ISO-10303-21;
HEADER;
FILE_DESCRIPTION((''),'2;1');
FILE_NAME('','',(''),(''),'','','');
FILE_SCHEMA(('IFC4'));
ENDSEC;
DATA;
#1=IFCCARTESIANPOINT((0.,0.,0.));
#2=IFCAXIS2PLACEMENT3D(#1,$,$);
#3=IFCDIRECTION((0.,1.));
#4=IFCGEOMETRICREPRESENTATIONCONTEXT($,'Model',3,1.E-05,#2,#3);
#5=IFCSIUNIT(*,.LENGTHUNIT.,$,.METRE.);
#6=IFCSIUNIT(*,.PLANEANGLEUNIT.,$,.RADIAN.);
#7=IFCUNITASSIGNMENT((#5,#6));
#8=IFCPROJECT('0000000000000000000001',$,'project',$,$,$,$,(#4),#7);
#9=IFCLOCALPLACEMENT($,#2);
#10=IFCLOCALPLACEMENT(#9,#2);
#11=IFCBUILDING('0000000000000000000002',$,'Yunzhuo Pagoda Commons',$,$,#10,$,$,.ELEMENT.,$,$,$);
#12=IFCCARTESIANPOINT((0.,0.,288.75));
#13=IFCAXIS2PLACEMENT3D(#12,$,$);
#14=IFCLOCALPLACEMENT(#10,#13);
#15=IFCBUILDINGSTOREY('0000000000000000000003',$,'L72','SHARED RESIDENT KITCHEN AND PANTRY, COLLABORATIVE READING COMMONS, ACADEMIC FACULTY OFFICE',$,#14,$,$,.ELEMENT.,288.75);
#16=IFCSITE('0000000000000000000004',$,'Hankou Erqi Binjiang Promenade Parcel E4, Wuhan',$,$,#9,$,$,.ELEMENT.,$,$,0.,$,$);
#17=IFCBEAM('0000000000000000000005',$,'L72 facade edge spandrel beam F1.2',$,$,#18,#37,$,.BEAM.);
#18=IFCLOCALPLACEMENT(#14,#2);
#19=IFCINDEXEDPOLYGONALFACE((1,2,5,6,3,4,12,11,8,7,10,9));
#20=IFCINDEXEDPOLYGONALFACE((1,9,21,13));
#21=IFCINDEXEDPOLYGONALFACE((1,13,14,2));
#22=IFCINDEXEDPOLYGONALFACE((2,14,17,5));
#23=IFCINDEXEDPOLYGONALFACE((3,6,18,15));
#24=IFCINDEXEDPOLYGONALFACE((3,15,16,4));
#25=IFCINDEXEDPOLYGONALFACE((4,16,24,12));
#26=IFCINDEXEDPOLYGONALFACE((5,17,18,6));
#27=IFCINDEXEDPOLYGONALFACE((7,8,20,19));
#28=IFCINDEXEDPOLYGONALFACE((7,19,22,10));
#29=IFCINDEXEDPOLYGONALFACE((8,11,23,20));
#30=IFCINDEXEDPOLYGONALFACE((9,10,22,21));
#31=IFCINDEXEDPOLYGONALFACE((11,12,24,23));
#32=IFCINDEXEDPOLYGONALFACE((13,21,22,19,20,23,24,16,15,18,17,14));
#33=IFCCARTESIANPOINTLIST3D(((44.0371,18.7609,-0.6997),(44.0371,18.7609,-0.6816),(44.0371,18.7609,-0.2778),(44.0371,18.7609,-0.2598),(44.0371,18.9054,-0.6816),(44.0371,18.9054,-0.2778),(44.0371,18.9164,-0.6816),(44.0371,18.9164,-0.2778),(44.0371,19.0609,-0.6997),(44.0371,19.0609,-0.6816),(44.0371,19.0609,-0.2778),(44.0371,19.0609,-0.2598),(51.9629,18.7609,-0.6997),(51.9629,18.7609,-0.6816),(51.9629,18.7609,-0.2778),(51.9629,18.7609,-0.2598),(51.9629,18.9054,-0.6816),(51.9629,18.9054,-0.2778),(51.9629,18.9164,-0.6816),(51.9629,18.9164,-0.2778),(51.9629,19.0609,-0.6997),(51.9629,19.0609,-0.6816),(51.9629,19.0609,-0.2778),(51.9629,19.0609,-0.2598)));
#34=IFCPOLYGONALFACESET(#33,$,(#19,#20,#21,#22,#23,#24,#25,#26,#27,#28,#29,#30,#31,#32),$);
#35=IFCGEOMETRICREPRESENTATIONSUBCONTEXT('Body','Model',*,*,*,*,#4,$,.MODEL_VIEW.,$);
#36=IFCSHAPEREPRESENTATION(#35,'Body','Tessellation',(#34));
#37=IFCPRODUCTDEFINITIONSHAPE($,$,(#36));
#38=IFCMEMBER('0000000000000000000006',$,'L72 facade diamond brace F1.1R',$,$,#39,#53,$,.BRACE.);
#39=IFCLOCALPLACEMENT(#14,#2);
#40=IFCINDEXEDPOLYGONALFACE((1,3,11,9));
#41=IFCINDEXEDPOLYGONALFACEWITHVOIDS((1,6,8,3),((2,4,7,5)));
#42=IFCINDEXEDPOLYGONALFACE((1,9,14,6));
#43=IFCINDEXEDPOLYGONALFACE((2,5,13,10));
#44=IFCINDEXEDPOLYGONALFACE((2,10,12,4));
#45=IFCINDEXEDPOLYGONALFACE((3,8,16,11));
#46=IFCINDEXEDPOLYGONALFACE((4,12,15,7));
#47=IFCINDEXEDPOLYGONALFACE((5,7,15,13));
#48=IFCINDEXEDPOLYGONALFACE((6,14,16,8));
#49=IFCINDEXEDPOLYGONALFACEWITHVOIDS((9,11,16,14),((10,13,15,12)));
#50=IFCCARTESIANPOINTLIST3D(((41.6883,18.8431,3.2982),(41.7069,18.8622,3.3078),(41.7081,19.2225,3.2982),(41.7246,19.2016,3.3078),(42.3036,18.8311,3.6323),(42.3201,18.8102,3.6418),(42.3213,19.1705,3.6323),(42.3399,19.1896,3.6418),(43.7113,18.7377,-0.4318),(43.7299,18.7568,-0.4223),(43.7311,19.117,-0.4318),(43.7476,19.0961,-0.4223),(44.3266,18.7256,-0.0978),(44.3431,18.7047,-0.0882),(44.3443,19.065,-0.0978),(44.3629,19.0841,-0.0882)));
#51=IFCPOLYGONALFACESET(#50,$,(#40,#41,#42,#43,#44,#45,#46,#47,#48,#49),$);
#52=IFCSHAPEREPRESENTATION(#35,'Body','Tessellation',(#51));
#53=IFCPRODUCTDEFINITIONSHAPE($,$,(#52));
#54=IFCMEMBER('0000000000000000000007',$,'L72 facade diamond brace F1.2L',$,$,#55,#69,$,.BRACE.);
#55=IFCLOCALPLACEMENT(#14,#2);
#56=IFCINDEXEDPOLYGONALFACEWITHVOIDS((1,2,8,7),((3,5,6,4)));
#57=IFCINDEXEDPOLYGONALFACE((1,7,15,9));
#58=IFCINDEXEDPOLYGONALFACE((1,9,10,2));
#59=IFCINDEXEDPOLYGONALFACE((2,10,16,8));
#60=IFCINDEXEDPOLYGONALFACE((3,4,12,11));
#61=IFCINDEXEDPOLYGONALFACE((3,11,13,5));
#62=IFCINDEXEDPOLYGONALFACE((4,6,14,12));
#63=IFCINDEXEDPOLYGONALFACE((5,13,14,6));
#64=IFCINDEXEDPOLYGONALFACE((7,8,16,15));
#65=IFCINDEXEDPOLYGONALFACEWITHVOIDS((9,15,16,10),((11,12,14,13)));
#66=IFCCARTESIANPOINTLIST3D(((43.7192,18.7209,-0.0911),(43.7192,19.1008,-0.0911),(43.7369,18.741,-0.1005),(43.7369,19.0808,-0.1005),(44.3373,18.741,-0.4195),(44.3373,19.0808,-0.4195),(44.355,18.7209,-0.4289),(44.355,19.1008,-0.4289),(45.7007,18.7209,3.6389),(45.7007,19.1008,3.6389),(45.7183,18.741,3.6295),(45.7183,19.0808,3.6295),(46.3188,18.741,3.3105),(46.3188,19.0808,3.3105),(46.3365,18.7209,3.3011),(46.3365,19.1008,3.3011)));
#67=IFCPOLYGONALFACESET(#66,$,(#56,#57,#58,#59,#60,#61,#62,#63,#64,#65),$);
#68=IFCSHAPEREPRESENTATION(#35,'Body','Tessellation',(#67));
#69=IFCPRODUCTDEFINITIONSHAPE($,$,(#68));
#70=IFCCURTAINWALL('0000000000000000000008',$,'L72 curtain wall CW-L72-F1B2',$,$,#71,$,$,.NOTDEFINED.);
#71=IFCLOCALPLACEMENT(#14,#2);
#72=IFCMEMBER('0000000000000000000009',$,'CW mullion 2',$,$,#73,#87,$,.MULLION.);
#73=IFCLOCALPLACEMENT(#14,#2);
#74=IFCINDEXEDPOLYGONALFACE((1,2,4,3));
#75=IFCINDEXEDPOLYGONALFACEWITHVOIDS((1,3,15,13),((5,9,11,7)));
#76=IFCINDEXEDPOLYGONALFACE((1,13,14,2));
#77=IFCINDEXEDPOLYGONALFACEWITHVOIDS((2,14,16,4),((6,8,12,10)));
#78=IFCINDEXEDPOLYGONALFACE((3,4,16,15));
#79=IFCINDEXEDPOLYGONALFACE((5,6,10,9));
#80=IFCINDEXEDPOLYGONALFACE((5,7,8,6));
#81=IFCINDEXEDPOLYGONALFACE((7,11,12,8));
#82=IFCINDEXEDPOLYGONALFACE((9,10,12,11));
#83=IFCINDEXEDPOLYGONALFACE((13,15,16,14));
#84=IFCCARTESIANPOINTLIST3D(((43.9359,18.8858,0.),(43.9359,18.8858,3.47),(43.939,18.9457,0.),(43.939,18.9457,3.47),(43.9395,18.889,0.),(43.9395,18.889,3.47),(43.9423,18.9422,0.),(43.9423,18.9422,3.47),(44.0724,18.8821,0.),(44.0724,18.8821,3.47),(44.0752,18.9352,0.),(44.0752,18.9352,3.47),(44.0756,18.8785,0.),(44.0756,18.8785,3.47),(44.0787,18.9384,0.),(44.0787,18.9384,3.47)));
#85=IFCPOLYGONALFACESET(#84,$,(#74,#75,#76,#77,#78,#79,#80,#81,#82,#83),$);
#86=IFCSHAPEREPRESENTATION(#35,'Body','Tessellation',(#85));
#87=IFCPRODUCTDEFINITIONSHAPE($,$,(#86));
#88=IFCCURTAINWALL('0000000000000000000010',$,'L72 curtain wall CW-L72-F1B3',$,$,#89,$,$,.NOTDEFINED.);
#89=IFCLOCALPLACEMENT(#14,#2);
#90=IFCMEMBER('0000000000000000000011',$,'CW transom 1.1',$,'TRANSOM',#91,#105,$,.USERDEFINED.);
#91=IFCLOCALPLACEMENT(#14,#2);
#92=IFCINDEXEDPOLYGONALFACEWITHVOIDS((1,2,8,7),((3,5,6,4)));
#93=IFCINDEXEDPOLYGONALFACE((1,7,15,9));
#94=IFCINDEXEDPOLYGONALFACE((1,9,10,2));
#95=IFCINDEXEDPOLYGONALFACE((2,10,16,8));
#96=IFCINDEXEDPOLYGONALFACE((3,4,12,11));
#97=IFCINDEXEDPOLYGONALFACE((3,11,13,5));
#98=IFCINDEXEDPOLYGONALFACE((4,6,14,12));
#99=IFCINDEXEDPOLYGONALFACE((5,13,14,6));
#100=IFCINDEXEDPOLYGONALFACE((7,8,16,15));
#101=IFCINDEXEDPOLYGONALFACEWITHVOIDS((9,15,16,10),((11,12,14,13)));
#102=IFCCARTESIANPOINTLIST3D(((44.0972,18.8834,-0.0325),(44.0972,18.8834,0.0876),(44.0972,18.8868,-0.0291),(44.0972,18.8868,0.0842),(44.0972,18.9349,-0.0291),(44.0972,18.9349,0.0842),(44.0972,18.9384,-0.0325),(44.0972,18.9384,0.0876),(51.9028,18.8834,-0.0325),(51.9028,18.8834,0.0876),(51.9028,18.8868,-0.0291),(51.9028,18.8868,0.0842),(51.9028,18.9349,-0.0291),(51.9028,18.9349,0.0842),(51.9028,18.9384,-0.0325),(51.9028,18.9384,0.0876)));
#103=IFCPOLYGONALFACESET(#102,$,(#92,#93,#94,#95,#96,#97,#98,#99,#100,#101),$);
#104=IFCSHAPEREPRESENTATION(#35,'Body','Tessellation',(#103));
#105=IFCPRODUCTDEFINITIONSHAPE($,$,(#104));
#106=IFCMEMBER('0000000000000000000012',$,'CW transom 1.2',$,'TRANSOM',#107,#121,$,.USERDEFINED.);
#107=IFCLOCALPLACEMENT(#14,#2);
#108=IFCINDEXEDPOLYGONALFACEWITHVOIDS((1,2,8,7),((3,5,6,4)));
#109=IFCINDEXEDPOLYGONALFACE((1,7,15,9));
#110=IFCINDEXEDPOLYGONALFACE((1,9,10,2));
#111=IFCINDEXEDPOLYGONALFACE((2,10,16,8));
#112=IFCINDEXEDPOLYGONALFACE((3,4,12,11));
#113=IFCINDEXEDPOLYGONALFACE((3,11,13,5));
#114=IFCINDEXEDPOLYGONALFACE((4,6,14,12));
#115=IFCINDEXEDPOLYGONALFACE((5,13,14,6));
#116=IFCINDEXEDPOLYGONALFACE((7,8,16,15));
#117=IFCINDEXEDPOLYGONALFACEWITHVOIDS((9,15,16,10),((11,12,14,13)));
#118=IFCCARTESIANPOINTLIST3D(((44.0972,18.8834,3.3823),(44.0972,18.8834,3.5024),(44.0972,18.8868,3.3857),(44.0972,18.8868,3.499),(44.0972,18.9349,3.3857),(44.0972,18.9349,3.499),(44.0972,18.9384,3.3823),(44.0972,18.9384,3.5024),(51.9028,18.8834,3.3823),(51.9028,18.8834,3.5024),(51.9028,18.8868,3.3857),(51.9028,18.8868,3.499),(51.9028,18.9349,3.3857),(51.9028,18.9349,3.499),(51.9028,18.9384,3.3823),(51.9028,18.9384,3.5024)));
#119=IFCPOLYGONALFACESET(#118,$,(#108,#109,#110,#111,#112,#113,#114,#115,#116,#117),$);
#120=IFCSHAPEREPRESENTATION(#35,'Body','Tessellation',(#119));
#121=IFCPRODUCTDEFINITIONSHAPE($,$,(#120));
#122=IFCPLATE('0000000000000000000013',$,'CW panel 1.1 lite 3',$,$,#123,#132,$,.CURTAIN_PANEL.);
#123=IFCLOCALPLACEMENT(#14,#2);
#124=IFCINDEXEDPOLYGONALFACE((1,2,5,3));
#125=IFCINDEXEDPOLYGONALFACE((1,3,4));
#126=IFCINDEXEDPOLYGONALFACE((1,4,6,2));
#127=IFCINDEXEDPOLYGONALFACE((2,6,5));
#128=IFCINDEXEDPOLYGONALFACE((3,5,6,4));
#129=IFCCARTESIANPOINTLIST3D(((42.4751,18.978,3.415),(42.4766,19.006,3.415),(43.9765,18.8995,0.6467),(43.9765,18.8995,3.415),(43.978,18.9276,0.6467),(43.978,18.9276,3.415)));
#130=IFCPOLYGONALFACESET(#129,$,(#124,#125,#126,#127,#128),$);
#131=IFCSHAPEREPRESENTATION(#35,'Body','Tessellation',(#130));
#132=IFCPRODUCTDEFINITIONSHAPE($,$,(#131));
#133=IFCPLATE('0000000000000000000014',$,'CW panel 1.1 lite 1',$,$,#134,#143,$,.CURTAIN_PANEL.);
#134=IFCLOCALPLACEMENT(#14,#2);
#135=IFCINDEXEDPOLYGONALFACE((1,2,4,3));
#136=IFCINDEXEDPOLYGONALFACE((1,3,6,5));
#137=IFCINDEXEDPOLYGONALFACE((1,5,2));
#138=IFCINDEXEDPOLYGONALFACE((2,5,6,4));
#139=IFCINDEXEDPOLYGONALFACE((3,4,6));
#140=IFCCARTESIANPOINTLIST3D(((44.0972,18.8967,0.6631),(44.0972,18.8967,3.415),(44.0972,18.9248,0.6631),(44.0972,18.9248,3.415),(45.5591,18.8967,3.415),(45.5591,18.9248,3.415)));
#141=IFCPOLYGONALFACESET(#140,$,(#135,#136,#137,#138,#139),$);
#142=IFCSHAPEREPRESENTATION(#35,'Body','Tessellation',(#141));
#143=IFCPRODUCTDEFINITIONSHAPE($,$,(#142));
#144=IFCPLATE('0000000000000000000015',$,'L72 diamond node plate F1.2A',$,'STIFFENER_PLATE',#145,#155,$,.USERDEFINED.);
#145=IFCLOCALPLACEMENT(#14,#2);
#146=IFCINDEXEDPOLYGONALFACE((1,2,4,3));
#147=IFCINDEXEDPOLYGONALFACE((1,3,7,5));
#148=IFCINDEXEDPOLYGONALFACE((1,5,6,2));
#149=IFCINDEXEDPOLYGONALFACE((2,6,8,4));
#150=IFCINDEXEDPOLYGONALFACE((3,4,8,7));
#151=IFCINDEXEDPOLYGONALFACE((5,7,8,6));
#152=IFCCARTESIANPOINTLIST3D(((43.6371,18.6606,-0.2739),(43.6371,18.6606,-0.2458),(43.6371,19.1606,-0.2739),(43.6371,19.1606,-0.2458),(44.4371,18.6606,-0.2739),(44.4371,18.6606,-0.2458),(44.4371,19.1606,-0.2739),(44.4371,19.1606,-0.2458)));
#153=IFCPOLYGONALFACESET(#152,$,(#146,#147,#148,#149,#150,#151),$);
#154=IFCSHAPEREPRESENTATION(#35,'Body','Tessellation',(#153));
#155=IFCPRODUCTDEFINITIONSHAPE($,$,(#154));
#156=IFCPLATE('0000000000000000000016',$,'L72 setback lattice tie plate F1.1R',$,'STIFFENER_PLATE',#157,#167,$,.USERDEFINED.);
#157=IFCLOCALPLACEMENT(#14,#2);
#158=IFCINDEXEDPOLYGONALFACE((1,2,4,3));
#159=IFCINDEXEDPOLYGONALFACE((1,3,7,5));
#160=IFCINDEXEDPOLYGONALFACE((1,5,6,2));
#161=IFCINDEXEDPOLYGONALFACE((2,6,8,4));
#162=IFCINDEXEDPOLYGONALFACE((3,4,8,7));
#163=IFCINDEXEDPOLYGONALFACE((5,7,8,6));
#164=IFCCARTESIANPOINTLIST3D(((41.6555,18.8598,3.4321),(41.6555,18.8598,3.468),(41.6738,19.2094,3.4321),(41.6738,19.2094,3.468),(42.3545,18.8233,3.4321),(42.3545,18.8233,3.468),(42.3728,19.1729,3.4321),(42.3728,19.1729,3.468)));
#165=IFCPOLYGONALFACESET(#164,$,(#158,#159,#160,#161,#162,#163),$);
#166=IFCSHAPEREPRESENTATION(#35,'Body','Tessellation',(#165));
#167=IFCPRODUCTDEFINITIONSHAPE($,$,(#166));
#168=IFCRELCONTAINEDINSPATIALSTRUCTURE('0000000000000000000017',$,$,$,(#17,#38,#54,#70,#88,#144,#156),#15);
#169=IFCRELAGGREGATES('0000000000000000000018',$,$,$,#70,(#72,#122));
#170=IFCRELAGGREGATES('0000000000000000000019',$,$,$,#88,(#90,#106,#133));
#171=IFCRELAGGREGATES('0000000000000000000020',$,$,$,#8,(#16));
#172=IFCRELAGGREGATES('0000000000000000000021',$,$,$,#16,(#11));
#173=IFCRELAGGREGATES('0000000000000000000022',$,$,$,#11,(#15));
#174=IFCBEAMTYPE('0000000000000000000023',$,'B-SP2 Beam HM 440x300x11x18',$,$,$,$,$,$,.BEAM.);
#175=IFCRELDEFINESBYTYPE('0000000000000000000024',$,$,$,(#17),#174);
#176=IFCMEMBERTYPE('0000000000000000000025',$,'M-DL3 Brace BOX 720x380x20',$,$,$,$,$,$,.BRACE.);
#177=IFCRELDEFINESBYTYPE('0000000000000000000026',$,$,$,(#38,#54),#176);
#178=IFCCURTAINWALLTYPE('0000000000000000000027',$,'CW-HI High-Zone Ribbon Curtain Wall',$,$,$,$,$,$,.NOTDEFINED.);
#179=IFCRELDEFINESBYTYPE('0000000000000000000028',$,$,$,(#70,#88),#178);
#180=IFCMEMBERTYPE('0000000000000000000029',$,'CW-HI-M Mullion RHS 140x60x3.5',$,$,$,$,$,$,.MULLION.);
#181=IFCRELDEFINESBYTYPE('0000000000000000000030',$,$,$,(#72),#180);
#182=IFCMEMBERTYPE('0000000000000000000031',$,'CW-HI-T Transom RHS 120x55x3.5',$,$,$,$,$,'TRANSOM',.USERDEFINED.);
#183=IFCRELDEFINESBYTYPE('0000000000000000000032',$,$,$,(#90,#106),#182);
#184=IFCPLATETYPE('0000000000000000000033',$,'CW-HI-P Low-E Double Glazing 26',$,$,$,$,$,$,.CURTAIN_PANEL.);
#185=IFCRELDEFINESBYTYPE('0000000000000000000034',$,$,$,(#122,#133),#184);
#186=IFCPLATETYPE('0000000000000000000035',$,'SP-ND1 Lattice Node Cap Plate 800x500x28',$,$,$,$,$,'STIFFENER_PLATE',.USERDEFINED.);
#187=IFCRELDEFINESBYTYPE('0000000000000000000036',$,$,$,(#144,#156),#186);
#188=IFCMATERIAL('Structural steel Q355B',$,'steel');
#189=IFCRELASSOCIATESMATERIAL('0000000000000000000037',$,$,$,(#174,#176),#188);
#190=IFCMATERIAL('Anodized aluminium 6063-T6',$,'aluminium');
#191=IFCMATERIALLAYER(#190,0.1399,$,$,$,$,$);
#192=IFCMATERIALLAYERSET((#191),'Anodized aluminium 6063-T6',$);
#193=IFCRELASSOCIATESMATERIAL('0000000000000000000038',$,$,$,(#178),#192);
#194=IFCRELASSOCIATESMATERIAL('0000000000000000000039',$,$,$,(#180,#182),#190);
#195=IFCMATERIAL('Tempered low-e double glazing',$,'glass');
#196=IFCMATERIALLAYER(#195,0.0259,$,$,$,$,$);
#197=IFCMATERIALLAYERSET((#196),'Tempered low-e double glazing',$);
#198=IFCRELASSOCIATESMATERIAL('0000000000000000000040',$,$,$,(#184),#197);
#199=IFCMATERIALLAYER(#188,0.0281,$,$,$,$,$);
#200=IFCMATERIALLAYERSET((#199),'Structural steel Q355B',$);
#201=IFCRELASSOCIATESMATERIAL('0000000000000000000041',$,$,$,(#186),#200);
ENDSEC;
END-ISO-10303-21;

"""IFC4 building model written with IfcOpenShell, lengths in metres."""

from ifc_helpers import new_model, si_unit, direction, frame, origin, origin_2d, place, context, subcontext, project, spatial, polyline, rectangle, hollow_rectangle, i_section, outline, extrude, source, transform, mapped, material, layer, layer_set, material_profile, profile_set, type_object, element, aggregate, save


model = new_model("IFC4")

# Units and contexts
model_context = context("Model", 3, precision=1e-05, world=origin(), true_north=direction((0.0, 1.0)))
body_context = subcontext(model_context, "Body", "Model", "MODEL_VIEW")
ifc_project = project(units=[si_unit("LENGTHUNIT", "METRE"), si_unit("PLANEANGLEUNIT", "RADIAN")], contexts=[model_context])

# Site, building, storey
site_placement = place(None, origin())
site = spatial("IfcSite", under=ifc_project, at=site_placement, Name="Hankou Erqi Binjiang Promenade Parcel E4, Wuhan", CompositionType="ELEMENT", RefElevation=0.0)
building_placement = place(site_placement, origin())
building = spatial("IfcBuilding", under=site, at=building_placement, Name="Yunzhuo Pagoda Commons", CompositionType="ELEMENT")
storey_placement = place(building_placement, frame((0.0, 0.0, 288.75)))
storey = spatial("IfcBuildingStorey", under=building, at=storey_placement, Name="L72", Description="SHARED RESIDENT KITCHEN AND PANTRY, COLLABORATIVE READING COMMONS, ACADEMIC FACULTY OFFICE", CompositionType="ELEMENT", Elevation=288.75)

# Shared definitions
ifc_material_1 = material(Name="Structural steel Q355B", Category="steel")

# Beam
ifc_material_profile_1 = material_profile(ifc_material_1, i_section(OverallWidth=0.3, OverallDepth=0.4399, WebThickness=0.011, FlangeThickness=0.0181, at=origin_2d()), Name="Structural steel Q355B")
ifc_profile_set_1 = profile_set([ifc_material_profile_1], Name="Structural steel Q355B")
beam_type_1 = type_object("IfcBeamType", Name="B-SP2 Beam HM 440x300x11x18", PredefinedType="BEAM", material=ifc_profile_set_1)
shared_shape_1 = source(origin(), body_context, "Body", "SweptSolid", [
    extrude(i_section(OverallWidth=0.3, OverallDepth=0.4399, WebThickness=0.011, FlangeThickness=0.0181, at=origin_2d()), origin(), (0.0, 0.0, 1.0), 7.9258),
])
beam_1_placement = place(storey_placement, frame((44.0371, 18.9109, -0.4797), z_axis=(1.0, 0.0, 0.0), x_axis=(0.0, 1.0, 0.0)))
element("IfcBeam", 1, at=beam_1_placement, inside=storey, type_object=beam_type_1, Name="L72 facade edge spandrel beam F1.2", PredefinedType="BEAM", context=body_context, shape_type="MappedRepresentation", body=[
    mapped(shared_shape_1, transform((0.0, 0.0, 0.0), scale=1.0)),
])

# Members
ifc_material_profile_2 = material_profile(ifc_material_1, hollow_rectangle(XDim=0.3799, YDim=0.72, WallThickness=0.02, at=origin_2d()), Name="Structural steel Q355B")
ifc_profile_set_2 = profile_set([ifc_material_profile_2], Name="Structural steel Q355B")
member_type_1 = type_object("IfcMemberType", Name="M-DL3 Brace BOX 720x380x20", PredefinedType="BRACE", material=ifc_profile_set_2)
shared_shape_2 = source(origin(), body_context, "Body", "SweptSolid", [
    extrude(hollow_rectangle(XDim=0.3799, YDim=0.72, WallThickness=0.02, at=origin_2d()), origin(), (0.0, 0.0, 1.0), 4.2446),
])
member_1_placement = place(storey_placement, frame((44.0371, 18.9109, -0.26), z_axis=(-0.476599, 0.024848, 0.878769), x_axis=(-0.052065, -0.998644, 0.0)))
element("IfcMember", 2, at=member_1_placement, inside=storey, type_object=member_type_1, Name="L72 facade diamond brace F1.1R", PredefinedType="BRACE", context=body_context, shape_type="MappedRepresentation", body=[
    mapped(shared_shape_2, transform((0.0, 0.0, 0.0), scale=1.0)),
])
shared_shape_3 = source(origin(), body_context, "Body", "SweptSolid", [
    extrude(hollow_rectangle(XDim=0.3799, YDim=0.72, WallThickness=0.02, at=origin_2d()), origin(), (0.0, 0.0, 1.0), 4.2236),
])
member_2_placement = place(storey_placement, frame((44.0371, 18.9109, -0.26), z_axis=(0.469136, 0.0, 0.883126), x_axis=(0.0, 1.0, 0.0)))
element("IfcMember", 3, at=member_2_placement, inside=storey, type_object=member_type_1, Name="L72 facade diamond brace F1.2L", PredefinedType="BRACE", context=body_context, shape_type="MappedRepresentation", body=[
    mapped(shared_shape_3, transform((0.0, 0.0, 0.0), scale=1.0)),
])

# Curtain wall, member
ifc_material_2 = material(Name="Anodized aluminium 6063-T6", Category="aluminium")
ifc_layer_1 = layer(ifc_material_2, 0.1399)
ifc_layer_set_1 = layer_set([ifc_layer_1], Name="Anodized aluminium 6063-T6")
curtain_wall_type = type_object("IfcCurtainWallType", Name="CW-HI High-Zone Ribbon Curtain Wall", PredefinedType="NOTDEFINED", material=ifc_layer_set_1)
curtain_wall_1_placement = place(storey_placement, origin())
curtain_wall_1 = element("IfcCurtainWall", 4, at=curtain_wall_1_placement, inside=storey, type_object=curtain_wall_type, Name="L72 curtain wall CW-L72-F1B2", PredefinedType="NOTDEFINED")
ifc_material_profile_3 = material_profile(ifc_material_2, hollow_rectangle(XDim=0.0601, YDim=0.1399, WallThickness=0.0034, at=origin_2d()), Name="Anodized aluminium 6063-T6")
ifc_profile_set_3 = profile_set([ifc_material_profile_3], Name="Anodized aluminium 6063-T6")
member_type_2 = type_object("IfcMemberType", Name="CW-HI-M Mullion RHS 140x60x3.5", PredefinedType="MULLION", material=ifc_profile_set_3)
shared_shape_4 = source(origin(), body_context, "Body", "SweptSolid", [
    extrude(hollow_rectangle(XDim=0.0601, YDim=0.1399, WallThickness=0.0034, at=origin_2d()), origin(), (0.0, 0.0, 1.0), 3.47),
])
member_3_placement = place(storey_placement, frame((44.0073, 18.9121, 0.0), z_axis=(0.0, 0.0, 1.0), x_axis=(0.05219, 0.998637, 0.0)))
member_3 = element("IfcMember", 5, at=member_3_placement, type_object=member_type_2, Name="CW mullion 2", PredefinedType="MULLION", context=body_context, shape_type="MappedRepresentation", body=[
    mapped(shared_shape_4, transform((0.0, 0.0, 0.0), scale=1.0)),
])

# Curtain wall, members
curtain_wall_2_placement = place(storey_placement, origin())
curtain_wall_2 = element("IfcCurtainWall", 6, at=curtain_wall_2_placement, inside=storey, type_object=curtain_wall_type, Name="L72 curtain wall CW-L72-F1B3", PredefinedType="NOTDEFINED")
ifc_material_profile_4 = material_profile(ifc_material_2, hollow_rectangle(XDim=0.0549, YDim=0.1201, WallThickness=0.0034, at=origin_2d()), Name="Anodized aluminium 6063-T6")
ifc_profile_set_4 = profile_set([ifc_material_profile_4], Name="Anodized aluminium 6063-T6")
member_type_3 = type_object("IfcMemberType", Name="CW-HI-T Transom RHS 120x55x3.5", ElementType="TRANSOM", PredefinedType="USERDEFINED", material=ifc_profile_set_4)
shared_shape_5 = source(origin(), body_context, "Body", "SweptSolid", [
    extrude(hollow_rectangle(XDim=0.0549, YDim=0.1201, WallThickness=0.0034, at=origin_2d()), origin(), (0.0, 0.0, 1.0), 7.8057),
])
member_4_placement = place(storey_placement, frame((44.0972, 18.9109, 0.0276), z_axis=(1.0, 0.0, 0.0), x_axis=(0.0, 1.0, 0.0)))
member_4 = element("IfcMember", 7, at=member_4_placement, type_object=member_type_3, Name="CW transom 1.1", ObjectType="TRANSOM", PredefinedType="USERDEFINED", context=body_context, shape_type="MappedRepresentation", body=[
    mapped(shared_shape_5, transform((0.0, 0.0, 0.0), scale=1.0)),
])
member_5_placement = place(storey_placement, frame((44.0972, 18.9109, 3.4424), z_axis=(1.0, 0.0, 0.0), x_axis=(0.0, 1.0, 0.0)))
member_5 = element("IfcMember", 8, at=member_5_placement, type_object=member_type_3, Name="CW transom 1.2", ObjectType="TRANSOM", PredefinedType="USERDEFINED", context=body_context, shape_type="MappedRepresentation", body=[
    mapped(shared_shape_5, transform((0.0, 0.0, 0.0), scale=1.0)),
])

# Plates
ifc_material_3 = material(Name="Tempered low-e double glazing", Category="glass")
ifc_layer_2 = layer(ifc_material_3, 0.0259)
ifc_layer_set_2 = layer_set([ifc_layer_2], Name="Tempered low-e double glazing")
plate_type_1 = type_object("IfcPlateType", Name="CW-HI-P Low-E Double Glazing 26", PredefinedType="CURTAIN_PANEL", material=ifc_layer_set_2)
plate_1_placement = place(storey_placement, frame((43.2273, 18.9668, 2.0308), z_axis=(-0.05219, -0.998637, 0.0), x_axis=(0.998637, -0.05219, 0.0)))
plate_1 = element("IfcPlate", 9, at=plate_1_placement, type_object=plate_type_1, Name="CW panel 1.1 lite 3", PredefinedType="CURTAIN_PANEL", context=body_context, shape_type="SweptSolid", body=[
    extrude(outline(polyline([(-0.7517, 1.3843), (0.7517, -1.384), (0.7517, 1.3843), (-0.7517, 1.3843)])), origin(), (0.0, 0.0, 1.0), 0.0281),
])
aggregate(curtain_wall_1, [member_3, plate_1])
plate_2_placement = place(storey_placement, frame((44.8281, 18.9248, 2.0391), z_axis=(0.0, -1.0, 0.0), x_axis=(1.0, 0.0, 0.0)))
plate_2 = element("IfcPlate", 10, at=plate_2_placement, type_object=plate_type_1, Name="CW panel 1.1 lite 1", PredefinedType="CURTAIN_PANEL", context=body_context, shape_type="SweptSolid", body=[
    extrude(outline(polyline([(-0.731, -1.376), (0.731, 1.376), (-0.731, 1.376), (-0.731, -1.376)])), origin(), (0.0, 0.0, 1.0), 0.0281),
])
aggregate(curtain_wall_2, [member_4, member_5, plate_2])

# Plates
ifc_layer_3 = layer(ifc_material_1, 0.0281)
ifc_layer_set_3 = layer_set([ifc_layer_3], Name="Structural steel Q355B")
plate_type_2 = type_object("IfcPlateType", Name="SP-ND1 Lattice Node Cap Plate 800x500x28", ElementType="STIFFENER_PLATE", PredefinedType="USERDEFINED", material=ifc_layer_set_3)
shared_shape_6 = source(origin(), body_context, "Body", "SweptSolid", [
    extrude(rectangle(XDim=0.8, YDim=0.5, at=origin_2d()), origin(), (0.0, 0.0, 1.0), 0.0281),
])
plate_3_placement = place(storey_placement, frame((44.0371, 18.9106, -0.2739), z_axis=(0.0, 0.0, 1.0), x_axis=(1.0, 0.0, 0.0)))
element("IfcPlate", 11, at=plate_3_placement, inside=storey, type_object=plate_type_2, Name="L72 diamond node plate F1.2A", ObjectType="STIFFENER_PLATE", PredefinedType="USERDEFINED", context=body_context, shape_type="MappedRepresentation", body=[
    mapped(shared_shape_6, transform((0.0, 0.0, 0.0), scale=1.0)),
])
shared_shape_7 = source(origin(), body_context, "Body", "SweptSolid", [
    extrude(rectangle(XDim=0.7, YDim=0.3501, at=origin_2d()), origin(), (0.0, 0.0, 1.0), 0.0359),
])
plate_4_placement = place(storey_placement, frame((42.0142, 19.0164, 3.4321), z_axis=(0.0, 0.0, 1.0), x_axis=(0.998637, -0.052197, 0.0)))
element("IfcPlate", 12, at=plate_4_placement, inside=storey, type_object=plate_type_2, Name="L72 setback lattice tie plate F1.1R", ObjectType="STIFFENER_PLATE", PredefinedType="USERDEFINED", context=body_context, shape_type="MappedRepresentation", body=[
    mapped(shared_shape_7, transform((0.0, 0.0, 0.0), scale=1.0)),
])

save(model, "model.ifc")
